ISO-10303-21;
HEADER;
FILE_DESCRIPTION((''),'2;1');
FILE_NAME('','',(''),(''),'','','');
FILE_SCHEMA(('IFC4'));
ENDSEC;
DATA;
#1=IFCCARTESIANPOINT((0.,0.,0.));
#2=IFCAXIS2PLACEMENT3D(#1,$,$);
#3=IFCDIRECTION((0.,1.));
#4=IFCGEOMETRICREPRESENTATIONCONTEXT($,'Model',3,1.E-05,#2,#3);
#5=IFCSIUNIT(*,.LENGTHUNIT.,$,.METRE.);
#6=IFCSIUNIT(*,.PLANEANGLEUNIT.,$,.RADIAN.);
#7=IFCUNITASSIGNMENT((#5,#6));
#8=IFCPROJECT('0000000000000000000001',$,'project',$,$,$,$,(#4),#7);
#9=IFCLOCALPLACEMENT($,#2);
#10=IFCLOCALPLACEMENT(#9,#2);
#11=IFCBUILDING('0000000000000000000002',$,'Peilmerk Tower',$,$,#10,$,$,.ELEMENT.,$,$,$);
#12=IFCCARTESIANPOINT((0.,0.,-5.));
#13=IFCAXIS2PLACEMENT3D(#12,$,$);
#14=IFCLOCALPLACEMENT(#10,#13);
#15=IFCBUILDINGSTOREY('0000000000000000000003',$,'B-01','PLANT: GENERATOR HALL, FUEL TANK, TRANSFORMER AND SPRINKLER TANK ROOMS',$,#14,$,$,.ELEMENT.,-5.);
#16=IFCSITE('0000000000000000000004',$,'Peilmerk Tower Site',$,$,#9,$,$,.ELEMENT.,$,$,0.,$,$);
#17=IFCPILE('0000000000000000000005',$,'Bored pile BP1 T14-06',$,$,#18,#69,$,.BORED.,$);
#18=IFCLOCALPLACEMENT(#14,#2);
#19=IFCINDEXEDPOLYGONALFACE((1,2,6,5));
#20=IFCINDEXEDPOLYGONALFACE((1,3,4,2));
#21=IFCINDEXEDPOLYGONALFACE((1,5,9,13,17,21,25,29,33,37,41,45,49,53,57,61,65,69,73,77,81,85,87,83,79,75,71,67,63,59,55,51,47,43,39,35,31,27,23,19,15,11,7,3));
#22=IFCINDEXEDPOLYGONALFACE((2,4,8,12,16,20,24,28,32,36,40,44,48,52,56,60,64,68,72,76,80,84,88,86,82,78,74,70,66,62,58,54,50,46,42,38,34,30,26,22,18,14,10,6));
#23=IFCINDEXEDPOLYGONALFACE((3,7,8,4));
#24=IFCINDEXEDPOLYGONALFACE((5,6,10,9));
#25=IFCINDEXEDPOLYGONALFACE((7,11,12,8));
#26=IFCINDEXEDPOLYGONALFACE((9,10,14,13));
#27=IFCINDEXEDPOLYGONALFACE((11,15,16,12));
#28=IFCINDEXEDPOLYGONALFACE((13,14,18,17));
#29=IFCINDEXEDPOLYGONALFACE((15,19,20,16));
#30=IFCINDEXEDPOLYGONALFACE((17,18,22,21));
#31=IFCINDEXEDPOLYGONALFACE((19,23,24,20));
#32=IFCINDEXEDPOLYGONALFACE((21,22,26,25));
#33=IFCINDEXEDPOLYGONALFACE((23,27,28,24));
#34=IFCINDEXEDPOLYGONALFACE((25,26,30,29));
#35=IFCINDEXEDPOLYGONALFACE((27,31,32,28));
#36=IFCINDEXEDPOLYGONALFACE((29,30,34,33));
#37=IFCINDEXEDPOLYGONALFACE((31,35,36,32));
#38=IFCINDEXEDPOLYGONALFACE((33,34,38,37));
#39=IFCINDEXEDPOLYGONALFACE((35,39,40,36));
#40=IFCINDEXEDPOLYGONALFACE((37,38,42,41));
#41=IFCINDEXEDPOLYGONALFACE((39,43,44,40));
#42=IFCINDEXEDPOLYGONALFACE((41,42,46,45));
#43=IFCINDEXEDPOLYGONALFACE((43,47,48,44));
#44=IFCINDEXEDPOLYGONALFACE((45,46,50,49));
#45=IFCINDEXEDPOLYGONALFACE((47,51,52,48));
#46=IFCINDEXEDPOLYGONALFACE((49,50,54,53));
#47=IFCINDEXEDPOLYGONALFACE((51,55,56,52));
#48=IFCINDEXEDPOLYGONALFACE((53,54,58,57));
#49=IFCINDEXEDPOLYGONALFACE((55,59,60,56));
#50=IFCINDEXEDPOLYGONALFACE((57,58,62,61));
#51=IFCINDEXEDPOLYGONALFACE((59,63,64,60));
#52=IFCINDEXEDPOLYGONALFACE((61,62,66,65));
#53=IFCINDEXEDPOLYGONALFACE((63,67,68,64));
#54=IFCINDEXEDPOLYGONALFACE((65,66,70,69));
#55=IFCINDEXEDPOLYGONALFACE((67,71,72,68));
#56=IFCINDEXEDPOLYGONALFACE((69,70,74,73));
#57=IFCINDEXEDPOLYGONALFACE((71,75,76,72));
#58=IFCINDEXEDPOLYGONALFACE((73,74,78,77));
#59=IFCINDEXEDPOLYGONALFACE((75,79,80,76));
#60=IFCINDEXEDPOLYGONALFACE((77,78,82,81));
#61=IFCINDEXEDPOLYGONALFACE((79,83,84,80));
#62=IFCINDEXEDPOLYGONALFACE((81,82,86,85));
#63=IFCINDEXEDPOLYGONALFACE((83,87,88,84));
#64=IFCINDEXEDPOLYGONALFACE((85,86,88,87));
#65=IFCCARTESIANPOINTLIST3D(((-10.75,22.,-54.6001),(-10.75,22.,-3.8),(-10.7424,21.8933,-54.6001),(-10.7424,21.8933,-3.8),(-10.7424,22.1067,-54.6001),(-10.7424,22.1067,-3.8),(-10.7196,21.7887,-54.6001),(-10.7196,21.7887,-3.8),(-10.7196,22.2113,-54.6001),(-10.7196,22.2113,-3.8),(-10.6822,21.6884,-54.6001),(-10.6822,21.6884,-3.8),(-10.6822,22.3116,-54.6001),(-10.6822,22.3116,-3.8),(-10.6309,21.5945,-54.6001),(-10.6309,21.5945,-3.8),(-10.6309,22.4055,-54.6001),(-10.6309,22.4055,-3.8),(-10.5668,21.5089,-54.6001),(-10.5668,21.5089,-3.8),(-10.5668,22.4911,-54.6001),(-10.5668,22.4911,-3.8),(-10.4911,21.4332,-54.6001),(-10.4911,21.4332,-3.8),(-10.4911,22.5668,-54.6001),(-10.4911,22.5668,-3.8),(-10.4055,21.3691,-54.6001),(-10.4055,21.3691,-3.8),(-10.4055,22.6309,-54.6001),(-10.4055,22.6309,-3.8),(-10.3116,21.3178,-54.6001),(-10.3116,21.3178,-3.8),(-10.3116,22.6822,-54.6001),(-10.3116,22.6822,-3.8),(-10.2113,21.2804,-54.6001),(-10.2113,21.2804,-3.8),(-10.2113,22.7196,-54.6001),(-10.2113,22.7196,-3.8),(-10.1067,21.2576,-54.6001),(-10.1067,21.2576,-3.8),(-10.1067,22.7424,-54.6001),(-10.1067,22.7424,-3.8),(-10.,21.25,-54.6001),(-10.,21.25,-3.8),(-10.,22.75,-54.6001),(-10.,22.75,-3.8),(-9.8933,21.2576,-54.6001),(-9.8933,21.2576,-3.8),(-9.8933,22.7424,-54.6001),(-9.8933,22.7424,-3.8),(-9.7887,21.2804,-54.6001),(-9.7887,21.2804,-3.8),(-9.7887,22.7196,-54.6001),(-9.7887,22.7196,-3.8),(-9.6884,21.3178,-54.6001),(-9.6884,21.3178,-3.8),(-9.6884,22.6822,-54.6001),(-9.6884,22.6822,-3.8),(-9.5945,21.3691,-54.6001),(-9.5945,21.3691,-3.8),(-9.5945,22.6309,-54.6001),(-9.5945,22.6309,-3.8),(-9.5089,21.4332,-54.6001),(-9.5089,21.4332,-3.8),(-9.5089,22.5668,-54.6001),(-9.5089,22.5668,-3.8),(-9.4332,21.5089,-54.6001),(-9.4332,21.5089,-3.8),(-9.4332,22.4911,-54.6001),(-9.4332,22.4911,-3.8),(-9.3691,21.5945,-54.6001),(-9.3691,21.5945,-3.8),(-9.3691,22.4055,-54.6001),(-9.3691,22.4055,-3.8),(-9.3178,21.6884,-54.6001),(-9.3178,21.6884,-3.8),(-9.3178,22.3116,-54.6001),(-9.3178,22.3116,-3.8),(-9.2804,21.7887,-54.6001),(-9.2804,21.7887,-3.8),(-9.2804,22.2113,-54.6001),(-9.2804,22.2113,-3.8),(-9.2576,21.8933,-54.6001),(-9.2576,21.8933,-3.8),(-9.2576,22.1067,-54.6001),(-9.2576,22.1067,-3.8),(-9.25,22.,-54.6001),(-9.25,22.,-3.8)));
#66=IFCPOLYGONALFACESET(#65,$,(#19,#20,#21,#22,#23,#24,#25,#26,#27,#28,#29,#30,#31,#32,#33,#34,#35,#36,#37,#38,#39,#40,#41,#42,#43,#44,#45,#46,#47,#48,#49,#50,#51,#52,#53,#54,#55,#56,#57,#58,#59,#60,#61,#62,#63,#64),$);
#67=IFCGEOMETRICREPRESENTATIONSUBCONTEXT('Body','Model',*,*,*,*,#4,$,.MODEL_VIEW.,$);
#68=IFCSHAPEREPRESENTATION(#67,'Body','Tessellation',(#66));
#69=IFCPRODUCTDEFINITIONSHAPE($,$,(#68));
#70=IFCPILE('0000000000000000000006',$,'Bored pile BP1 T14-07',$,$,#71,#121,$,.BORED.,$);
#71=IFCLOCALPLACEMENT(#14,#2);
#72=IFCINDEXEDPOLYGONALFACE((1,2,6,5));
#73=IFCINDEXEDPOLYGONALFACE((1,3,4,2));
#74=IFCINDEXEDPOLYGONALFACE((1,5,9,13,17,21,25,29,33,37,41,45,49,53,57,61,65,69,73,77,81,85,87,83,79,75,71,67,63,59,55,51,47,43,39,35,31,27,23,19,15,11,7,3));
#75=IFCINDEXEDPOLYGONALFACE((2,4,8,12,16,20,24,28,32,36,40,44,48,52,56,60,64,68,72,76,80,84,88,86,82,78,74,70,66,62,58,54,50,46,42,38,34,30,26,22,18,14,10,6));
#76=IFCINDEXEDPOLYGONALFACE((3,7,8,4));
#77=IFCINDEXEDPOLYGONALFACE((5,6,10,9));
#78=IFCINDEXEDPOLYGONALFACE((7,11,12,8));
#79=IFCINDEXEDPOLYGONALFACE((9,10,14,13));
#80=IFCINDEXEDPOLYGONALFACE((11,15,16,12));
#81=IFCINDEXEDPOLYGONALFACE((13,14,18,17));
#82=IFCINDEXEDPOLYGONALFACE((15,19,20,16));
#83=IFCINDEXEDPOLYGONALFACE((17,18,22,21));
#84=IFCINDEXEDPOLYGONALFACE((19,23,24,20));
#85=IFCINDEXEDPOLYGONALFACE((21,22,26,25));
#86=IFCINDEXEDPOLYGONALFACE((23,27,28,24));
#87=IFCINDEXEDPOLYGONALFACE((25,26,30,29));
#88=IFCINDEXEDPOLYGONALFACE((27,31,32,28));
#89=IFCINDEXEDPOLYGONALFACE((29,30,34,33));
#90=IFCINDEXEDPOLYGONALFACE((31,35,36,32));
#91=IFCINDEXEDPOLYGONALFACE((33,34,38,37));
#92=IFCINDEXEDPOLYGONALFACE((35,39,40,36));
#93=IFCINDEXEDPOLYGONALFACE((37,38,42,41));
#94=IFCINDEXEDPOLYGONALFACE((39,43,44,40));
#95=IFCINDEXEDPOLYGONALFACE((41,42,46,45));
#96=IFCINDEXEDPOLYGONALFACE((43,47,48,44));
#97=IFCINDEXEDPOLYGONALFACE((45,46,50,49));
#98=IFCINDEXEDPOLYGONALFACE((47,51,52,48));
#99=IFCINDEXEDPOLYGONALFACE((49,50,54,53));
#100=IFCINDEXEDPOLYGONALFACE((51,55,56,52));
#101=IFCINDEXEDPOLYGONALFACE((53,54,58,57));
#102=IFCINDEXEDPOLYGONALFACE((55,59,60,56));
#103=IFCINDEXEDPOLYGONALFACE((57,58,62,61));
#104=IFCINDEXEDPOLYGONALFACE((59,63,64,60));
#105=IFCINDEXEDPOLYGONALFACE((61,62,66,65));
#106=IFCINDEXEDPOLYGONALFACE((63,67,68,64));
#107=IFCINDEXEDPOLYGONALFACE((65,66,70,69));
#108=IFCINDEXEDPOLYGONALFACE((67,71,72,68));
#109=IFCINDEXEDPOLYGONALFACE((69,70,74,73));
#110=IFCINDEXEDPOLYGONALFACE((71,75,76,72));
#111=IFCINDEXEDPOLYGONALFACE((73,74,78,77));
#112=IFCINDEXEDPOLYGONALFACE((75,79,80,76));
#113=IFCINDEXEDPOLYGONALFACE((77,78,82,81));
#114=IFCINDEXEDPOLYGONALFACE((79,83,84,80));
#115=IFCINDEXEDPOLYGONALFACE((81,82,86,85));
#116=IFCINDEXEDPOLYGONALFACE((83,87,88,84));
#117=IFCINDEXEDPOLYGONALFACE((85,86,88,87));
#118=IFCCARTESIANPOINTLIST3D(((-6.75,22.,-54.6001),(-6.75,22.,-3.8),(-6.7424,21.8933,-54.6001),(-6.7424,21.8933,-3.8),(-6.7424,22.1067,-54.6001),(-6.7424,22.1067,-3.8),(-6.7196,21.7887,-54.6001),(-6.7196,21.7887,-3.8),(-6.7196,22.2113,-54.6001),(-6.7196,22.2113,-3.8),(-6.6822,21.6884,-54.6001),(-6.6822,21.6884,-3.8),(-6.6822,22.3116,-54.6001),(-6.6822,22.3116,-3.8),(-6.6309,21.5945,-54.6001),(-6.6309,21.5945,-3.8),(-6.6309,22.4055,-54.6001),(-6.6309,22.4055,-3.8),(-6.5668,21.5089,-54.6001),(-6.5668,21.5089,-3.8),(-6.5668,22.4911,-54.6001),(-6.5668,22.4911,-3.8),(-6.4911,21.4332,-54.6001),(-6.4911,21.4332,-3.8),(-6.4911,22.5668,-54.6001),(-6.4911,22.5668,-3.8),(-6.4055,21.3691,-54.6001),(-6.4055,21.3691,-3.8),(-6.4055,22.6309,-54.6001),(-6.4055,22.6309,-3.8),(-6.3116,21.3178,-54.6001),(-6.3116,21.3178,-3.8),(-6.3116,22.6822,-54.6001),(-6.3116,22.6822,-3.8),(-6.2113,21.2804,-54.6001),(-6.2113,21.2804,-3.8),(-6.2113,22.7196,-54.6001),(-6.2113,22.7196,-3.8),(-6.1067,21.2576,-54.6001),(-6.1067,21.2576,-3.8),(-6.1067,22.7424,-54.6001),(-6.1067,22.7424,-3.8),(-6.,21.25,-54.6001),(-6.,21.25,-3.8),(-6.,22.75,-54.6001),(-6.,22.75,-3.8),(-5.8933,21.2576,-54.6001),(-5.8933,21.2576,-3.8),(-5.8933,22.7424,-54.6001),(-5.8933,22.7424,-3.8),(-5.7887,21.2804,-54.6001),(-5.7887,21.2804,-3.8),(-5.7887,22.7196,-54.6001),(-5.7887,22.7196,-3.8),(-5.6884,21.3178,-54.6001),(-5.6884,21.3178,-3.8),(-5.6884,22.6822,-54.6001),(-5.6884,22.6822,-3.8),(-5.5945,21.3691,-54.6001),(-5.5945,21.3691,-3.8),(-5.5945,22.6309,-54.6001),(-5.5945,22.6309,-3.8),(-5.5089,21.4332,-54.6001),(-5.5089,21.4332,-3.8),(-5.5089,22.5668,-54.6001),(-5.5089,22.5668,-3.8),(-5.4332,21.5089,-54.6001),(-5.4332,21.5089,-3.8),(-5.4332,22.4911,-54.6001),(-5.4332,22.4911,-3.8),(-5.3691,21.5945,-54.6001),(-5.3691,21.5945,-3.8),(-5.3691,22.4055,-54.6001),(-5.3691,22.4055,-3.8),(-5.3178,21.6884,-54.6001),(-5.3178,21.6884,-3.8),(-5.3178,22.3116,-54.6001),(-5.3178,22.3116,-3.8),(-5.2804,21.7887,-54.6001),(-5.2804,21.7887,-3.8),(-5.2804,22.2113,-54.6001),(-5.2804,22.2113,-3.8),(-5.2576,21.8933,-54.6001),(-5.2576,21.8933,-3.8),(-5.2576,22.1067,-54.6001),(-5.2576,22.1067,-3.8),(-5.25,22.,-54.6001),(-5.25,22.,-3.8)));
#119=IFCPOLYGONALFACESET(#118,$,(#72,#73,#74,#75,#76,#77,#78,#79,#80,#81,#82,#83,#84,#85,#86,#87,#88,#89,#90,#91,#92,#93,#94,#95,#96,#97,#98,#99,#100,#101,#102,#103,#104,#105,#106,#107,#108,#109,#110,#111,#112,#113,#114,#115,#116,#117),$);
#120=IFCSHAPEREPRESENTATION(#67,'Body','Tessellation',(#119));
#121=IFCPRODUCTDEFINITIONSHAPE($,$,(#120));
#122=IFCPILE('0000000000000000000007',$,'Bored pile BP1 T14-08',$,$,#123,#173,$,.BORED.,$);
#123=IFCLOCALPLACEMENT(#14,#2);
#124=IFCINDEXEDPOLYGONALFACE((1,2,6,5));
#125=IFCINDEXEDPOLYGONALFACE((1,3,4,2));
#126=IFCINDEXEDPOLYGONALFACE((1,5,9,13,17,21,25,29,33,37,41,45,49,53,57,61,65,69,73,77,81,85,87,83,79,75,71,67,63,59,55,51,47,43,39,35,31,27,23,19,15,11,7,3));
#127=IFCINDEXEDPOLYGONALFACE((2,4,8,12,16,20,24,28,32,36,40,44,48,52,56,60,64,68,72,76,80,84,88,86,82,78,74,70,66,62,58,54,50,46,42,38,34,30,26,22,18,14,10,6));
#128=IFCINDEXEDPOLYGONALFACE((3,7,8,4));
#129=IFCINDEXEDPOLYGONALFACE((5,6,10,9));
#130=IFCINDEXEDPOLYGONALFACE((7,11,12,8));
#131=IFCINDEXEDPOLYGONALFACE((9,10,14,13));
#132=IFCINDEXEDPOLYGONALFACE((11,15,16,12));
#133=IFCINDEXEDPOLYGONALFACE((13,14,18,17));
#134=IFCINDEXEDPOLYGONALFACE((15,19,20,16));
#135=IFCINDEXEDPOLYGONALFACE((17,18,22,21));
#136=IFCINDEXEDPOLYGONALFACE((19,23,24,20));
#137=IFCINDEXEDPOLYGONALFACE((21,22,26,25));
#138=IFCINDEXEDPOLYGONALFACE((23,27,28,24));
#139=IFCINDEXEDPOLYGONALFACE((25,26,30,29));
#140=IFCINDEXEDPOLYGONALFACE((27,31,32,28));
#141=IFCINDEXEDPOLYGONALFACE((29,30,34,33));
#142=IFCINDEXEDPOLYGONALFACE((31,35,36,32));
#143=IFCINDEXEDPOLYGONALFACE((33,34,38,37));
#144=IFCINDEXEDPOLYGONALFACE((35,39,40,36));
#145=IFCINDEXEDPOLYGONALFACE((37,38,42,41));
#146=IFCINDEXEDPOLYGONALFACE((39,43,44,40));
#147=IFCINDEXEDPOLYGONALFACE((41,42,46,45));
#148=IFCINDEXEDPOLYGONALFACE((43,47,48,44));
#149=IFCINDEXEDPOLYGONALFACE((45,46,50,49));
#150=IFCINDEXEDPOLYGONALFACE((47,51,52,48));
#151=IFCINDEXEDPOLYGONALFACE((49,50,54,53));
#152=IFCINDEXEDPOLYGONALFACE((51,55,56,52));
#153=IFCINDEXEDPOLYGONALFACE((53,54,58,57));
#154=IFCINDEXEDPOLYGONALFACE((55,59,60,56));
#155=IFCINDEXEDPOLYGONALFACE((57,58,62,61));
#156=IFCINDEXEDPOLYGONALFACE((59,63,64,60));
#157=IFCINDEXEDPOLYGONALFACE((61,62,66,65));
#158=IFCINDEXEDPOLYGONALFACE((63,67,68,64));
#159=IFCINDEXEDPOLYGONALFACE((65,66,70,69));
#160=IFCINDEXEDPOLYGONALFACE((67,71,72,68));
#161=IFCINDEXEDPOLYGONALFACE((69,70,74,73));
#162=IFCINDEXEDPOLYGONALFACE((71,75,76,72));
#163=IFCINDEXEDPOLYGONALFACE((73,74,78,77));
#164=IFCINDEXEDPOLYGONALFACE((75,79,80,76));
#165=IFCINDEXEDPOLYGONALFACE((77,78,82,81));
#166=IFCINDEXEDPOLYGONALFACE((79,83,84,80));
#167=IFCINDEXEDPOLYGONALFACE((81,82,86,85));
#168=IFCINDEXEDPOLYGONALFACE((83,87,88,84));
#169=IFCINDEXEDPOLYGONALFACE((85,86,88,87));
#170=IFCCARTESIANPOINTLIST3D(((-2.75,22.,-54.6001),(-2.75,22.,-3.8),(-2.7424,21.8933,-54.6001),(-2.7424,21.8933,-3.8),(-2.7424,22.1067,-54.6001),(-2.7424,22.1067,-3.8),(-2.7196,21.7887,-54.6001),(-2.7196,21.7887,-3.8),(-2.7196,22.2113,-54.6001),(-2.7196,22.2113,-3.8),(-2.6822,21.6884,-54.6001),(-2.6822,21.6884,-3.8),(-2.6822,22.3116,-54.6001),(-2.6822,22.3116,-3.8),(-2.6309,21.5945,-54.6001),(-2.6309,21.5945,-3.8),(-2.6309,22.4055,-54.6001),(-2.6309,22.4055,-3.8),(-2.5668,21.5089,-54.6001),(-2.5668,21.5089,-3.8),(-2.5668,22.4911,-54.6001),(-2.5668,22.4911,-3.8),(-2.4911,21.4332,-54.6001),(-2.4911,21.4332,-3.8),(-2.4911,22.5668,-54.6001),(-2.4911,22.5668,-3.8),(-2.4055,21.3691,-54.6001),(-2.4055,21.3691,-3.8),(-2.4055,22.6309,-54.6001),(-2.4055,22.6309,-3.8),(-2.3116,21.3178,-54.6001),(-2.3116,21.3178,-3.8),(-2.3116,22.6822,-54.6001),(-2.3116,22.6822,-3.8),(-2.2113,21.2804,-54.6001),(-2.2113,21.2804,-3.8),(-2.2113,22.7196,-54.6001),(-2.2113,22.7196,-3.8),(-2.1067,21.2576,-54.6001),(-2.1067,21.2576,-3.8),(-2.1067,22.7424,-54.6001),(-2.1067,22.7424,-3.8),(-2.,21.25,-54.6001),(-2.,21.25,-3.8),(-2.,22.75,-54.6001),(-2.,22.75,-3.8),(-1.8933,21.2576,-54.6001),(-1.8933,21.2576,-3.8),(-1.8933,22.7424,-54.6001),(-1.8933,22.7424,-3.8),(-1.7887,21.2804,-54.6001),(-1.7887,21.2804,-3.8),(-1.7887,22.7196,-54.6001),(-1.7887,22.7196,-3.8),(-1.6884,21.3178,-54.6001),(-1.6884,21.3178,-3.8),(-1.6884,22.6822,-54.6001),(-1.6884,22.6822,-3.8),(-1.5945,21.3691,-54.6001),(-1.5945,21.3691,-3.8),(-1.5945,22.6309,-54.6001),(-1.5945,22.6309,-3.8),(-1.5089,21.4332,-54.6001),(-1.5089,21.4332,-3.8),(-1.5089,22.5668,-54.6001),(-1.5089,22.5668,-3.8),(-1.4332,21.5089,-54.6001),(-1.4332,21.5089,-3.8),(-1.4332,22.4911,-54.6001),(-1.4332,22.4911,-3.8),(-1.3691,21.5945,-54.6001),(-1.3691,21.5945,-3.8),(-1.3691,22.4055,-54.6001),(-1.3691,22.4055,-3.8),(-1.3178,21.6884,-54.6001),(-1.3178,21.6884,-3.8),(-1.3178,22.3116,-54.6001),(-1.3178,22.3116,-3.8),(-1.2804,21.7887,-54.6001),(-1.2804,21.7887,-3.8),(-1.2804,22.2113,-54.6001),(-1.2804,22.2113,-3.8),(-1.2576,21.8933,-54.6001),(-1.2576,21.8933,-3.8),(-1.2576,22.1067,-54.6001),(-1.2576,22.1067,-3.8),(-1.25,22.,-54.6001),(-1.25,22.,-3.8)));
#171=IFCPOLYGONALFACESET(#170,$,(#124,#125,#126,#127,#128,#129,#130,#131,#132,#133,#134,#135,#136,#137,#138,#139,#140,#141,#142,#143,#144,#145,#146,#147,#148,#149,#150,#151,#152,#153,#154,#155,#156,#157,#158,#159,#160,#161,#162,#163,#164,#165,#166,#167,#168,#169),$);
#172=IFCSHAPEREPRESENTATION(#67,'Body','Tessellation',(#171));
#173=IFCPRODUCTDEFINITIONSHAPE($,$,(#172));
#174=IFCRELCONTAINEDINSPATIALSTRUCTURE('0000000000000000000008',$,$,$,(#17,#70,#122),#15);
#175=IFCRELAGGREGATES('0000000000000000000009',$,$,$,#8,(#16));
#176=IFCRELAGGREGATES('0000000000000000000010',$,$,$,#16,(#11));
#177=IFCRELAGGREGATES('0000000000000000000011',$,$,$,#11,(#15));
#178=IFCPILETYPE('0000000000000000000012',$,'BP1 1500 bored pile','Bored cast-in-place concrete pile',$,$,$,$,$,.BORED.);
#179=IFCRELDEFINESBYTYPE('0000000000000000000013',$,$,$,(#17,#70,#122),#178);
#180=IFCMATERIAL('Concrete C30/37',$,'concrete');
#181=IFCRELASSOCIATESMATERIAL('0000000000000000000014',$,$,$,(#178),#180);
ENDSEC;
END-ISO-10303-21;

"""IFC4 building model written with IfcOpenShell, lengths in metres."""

from ifc_helpers import new_model, si_unit, direction, frame, origin, origin_2d, place, context, subcontext, project, spatial, circle, extrude, material, material_profile, profile_set, type_object, element, save


model = new_model("IFC4")

# Units and contexts
model_context = context("Model", 3, precision=1e-05, world=origin(), true_north=direction((0.0, 1.0)))
body_context = subcontext(model_context, "Body", "Model", "MODEL_VIEW")
ifc_project = project(units=[si_unit("LENGTHUNIT", "METRE"), si_unit("PLANEANGLEUNIT", "RADIAN")], contexts=[model_context])

# Site, building, storey
site_placement = place(None, origin())
site = spatial("IfcSite", under=ifc_project, at=site_placement, Name="Peilmerk Tower Site", CompositionType="ELEMENT", RefElevation=0.0)
building_placement = place(site_placement, origin())
building = spatial("IfcBuilding", under=site, at=building_placement, Name="Peilmerk Tower", CompositionType="ELEMENT")
storey_placement = place(building_placement, frame((0.0, 0.0, -5.0)))
storey = spatial("IfcBuildingStorey", under=building, at=storey_placement, Name="B-01", Description="PLANT: GENERATOR HALL, FUEL TANK, TRANSFORMER AND SPRINKLER TANK ROOMS", CompositionType="ELEMENT", Elevation=-5.0)

# Piles
ifc_material_1 = material(Name="Concrete C30/37", Category="concrete")
ifc_material_profile_1 = material_profile(ifc_material_1, circle(Radius=0.75, at=origin_2d()), Name="BP 1500")
ifc_profile_set_1 = profile_set([ifc_material_profile_1], Name="Concrete C30/37")
pile_type = type_object("IfcPileType", Name="BP1 1500 bored pile", Description="Bored cast-in-place concrete pile", PredefinedType="BORED", material=ifc_profile_set_1)
for number, where, z_axis, x_axis, name in (
    (1, (-10.0, 22.0, -3.8), (0.0, 0.0, -1.0), (1.0, 0.0, 0.0), "Bored pile BP1 T14-06"),
    (2, (-6.0, 22.0, -3.8), (0.0, 0.0, -1.0), (1.0, 0.0, 0.0), "Bored pile BP1 T14-07"),
    (3, (-2.0, 22.0, -3.8), (0.0, 0.0, -1.0), (1.0, 0.0, 0.0), "Bored pile BP1 T14-08"),
):
    element("IfcPile", number, at=place(storey_placement, frame(where, z_axis=z_axis, x_axis=x_axis)), inside=storey, type_object=pile_type, Name=name, PredefinedType="BORED", context=body_context, shape_type="SweptSolid", body=[
        extrude(circle(Radius=0.75, at=origin_2d()), origin(), (0.0, 0.0, 1.0), 50.8),
    ])

save(model, "model.ifc")
